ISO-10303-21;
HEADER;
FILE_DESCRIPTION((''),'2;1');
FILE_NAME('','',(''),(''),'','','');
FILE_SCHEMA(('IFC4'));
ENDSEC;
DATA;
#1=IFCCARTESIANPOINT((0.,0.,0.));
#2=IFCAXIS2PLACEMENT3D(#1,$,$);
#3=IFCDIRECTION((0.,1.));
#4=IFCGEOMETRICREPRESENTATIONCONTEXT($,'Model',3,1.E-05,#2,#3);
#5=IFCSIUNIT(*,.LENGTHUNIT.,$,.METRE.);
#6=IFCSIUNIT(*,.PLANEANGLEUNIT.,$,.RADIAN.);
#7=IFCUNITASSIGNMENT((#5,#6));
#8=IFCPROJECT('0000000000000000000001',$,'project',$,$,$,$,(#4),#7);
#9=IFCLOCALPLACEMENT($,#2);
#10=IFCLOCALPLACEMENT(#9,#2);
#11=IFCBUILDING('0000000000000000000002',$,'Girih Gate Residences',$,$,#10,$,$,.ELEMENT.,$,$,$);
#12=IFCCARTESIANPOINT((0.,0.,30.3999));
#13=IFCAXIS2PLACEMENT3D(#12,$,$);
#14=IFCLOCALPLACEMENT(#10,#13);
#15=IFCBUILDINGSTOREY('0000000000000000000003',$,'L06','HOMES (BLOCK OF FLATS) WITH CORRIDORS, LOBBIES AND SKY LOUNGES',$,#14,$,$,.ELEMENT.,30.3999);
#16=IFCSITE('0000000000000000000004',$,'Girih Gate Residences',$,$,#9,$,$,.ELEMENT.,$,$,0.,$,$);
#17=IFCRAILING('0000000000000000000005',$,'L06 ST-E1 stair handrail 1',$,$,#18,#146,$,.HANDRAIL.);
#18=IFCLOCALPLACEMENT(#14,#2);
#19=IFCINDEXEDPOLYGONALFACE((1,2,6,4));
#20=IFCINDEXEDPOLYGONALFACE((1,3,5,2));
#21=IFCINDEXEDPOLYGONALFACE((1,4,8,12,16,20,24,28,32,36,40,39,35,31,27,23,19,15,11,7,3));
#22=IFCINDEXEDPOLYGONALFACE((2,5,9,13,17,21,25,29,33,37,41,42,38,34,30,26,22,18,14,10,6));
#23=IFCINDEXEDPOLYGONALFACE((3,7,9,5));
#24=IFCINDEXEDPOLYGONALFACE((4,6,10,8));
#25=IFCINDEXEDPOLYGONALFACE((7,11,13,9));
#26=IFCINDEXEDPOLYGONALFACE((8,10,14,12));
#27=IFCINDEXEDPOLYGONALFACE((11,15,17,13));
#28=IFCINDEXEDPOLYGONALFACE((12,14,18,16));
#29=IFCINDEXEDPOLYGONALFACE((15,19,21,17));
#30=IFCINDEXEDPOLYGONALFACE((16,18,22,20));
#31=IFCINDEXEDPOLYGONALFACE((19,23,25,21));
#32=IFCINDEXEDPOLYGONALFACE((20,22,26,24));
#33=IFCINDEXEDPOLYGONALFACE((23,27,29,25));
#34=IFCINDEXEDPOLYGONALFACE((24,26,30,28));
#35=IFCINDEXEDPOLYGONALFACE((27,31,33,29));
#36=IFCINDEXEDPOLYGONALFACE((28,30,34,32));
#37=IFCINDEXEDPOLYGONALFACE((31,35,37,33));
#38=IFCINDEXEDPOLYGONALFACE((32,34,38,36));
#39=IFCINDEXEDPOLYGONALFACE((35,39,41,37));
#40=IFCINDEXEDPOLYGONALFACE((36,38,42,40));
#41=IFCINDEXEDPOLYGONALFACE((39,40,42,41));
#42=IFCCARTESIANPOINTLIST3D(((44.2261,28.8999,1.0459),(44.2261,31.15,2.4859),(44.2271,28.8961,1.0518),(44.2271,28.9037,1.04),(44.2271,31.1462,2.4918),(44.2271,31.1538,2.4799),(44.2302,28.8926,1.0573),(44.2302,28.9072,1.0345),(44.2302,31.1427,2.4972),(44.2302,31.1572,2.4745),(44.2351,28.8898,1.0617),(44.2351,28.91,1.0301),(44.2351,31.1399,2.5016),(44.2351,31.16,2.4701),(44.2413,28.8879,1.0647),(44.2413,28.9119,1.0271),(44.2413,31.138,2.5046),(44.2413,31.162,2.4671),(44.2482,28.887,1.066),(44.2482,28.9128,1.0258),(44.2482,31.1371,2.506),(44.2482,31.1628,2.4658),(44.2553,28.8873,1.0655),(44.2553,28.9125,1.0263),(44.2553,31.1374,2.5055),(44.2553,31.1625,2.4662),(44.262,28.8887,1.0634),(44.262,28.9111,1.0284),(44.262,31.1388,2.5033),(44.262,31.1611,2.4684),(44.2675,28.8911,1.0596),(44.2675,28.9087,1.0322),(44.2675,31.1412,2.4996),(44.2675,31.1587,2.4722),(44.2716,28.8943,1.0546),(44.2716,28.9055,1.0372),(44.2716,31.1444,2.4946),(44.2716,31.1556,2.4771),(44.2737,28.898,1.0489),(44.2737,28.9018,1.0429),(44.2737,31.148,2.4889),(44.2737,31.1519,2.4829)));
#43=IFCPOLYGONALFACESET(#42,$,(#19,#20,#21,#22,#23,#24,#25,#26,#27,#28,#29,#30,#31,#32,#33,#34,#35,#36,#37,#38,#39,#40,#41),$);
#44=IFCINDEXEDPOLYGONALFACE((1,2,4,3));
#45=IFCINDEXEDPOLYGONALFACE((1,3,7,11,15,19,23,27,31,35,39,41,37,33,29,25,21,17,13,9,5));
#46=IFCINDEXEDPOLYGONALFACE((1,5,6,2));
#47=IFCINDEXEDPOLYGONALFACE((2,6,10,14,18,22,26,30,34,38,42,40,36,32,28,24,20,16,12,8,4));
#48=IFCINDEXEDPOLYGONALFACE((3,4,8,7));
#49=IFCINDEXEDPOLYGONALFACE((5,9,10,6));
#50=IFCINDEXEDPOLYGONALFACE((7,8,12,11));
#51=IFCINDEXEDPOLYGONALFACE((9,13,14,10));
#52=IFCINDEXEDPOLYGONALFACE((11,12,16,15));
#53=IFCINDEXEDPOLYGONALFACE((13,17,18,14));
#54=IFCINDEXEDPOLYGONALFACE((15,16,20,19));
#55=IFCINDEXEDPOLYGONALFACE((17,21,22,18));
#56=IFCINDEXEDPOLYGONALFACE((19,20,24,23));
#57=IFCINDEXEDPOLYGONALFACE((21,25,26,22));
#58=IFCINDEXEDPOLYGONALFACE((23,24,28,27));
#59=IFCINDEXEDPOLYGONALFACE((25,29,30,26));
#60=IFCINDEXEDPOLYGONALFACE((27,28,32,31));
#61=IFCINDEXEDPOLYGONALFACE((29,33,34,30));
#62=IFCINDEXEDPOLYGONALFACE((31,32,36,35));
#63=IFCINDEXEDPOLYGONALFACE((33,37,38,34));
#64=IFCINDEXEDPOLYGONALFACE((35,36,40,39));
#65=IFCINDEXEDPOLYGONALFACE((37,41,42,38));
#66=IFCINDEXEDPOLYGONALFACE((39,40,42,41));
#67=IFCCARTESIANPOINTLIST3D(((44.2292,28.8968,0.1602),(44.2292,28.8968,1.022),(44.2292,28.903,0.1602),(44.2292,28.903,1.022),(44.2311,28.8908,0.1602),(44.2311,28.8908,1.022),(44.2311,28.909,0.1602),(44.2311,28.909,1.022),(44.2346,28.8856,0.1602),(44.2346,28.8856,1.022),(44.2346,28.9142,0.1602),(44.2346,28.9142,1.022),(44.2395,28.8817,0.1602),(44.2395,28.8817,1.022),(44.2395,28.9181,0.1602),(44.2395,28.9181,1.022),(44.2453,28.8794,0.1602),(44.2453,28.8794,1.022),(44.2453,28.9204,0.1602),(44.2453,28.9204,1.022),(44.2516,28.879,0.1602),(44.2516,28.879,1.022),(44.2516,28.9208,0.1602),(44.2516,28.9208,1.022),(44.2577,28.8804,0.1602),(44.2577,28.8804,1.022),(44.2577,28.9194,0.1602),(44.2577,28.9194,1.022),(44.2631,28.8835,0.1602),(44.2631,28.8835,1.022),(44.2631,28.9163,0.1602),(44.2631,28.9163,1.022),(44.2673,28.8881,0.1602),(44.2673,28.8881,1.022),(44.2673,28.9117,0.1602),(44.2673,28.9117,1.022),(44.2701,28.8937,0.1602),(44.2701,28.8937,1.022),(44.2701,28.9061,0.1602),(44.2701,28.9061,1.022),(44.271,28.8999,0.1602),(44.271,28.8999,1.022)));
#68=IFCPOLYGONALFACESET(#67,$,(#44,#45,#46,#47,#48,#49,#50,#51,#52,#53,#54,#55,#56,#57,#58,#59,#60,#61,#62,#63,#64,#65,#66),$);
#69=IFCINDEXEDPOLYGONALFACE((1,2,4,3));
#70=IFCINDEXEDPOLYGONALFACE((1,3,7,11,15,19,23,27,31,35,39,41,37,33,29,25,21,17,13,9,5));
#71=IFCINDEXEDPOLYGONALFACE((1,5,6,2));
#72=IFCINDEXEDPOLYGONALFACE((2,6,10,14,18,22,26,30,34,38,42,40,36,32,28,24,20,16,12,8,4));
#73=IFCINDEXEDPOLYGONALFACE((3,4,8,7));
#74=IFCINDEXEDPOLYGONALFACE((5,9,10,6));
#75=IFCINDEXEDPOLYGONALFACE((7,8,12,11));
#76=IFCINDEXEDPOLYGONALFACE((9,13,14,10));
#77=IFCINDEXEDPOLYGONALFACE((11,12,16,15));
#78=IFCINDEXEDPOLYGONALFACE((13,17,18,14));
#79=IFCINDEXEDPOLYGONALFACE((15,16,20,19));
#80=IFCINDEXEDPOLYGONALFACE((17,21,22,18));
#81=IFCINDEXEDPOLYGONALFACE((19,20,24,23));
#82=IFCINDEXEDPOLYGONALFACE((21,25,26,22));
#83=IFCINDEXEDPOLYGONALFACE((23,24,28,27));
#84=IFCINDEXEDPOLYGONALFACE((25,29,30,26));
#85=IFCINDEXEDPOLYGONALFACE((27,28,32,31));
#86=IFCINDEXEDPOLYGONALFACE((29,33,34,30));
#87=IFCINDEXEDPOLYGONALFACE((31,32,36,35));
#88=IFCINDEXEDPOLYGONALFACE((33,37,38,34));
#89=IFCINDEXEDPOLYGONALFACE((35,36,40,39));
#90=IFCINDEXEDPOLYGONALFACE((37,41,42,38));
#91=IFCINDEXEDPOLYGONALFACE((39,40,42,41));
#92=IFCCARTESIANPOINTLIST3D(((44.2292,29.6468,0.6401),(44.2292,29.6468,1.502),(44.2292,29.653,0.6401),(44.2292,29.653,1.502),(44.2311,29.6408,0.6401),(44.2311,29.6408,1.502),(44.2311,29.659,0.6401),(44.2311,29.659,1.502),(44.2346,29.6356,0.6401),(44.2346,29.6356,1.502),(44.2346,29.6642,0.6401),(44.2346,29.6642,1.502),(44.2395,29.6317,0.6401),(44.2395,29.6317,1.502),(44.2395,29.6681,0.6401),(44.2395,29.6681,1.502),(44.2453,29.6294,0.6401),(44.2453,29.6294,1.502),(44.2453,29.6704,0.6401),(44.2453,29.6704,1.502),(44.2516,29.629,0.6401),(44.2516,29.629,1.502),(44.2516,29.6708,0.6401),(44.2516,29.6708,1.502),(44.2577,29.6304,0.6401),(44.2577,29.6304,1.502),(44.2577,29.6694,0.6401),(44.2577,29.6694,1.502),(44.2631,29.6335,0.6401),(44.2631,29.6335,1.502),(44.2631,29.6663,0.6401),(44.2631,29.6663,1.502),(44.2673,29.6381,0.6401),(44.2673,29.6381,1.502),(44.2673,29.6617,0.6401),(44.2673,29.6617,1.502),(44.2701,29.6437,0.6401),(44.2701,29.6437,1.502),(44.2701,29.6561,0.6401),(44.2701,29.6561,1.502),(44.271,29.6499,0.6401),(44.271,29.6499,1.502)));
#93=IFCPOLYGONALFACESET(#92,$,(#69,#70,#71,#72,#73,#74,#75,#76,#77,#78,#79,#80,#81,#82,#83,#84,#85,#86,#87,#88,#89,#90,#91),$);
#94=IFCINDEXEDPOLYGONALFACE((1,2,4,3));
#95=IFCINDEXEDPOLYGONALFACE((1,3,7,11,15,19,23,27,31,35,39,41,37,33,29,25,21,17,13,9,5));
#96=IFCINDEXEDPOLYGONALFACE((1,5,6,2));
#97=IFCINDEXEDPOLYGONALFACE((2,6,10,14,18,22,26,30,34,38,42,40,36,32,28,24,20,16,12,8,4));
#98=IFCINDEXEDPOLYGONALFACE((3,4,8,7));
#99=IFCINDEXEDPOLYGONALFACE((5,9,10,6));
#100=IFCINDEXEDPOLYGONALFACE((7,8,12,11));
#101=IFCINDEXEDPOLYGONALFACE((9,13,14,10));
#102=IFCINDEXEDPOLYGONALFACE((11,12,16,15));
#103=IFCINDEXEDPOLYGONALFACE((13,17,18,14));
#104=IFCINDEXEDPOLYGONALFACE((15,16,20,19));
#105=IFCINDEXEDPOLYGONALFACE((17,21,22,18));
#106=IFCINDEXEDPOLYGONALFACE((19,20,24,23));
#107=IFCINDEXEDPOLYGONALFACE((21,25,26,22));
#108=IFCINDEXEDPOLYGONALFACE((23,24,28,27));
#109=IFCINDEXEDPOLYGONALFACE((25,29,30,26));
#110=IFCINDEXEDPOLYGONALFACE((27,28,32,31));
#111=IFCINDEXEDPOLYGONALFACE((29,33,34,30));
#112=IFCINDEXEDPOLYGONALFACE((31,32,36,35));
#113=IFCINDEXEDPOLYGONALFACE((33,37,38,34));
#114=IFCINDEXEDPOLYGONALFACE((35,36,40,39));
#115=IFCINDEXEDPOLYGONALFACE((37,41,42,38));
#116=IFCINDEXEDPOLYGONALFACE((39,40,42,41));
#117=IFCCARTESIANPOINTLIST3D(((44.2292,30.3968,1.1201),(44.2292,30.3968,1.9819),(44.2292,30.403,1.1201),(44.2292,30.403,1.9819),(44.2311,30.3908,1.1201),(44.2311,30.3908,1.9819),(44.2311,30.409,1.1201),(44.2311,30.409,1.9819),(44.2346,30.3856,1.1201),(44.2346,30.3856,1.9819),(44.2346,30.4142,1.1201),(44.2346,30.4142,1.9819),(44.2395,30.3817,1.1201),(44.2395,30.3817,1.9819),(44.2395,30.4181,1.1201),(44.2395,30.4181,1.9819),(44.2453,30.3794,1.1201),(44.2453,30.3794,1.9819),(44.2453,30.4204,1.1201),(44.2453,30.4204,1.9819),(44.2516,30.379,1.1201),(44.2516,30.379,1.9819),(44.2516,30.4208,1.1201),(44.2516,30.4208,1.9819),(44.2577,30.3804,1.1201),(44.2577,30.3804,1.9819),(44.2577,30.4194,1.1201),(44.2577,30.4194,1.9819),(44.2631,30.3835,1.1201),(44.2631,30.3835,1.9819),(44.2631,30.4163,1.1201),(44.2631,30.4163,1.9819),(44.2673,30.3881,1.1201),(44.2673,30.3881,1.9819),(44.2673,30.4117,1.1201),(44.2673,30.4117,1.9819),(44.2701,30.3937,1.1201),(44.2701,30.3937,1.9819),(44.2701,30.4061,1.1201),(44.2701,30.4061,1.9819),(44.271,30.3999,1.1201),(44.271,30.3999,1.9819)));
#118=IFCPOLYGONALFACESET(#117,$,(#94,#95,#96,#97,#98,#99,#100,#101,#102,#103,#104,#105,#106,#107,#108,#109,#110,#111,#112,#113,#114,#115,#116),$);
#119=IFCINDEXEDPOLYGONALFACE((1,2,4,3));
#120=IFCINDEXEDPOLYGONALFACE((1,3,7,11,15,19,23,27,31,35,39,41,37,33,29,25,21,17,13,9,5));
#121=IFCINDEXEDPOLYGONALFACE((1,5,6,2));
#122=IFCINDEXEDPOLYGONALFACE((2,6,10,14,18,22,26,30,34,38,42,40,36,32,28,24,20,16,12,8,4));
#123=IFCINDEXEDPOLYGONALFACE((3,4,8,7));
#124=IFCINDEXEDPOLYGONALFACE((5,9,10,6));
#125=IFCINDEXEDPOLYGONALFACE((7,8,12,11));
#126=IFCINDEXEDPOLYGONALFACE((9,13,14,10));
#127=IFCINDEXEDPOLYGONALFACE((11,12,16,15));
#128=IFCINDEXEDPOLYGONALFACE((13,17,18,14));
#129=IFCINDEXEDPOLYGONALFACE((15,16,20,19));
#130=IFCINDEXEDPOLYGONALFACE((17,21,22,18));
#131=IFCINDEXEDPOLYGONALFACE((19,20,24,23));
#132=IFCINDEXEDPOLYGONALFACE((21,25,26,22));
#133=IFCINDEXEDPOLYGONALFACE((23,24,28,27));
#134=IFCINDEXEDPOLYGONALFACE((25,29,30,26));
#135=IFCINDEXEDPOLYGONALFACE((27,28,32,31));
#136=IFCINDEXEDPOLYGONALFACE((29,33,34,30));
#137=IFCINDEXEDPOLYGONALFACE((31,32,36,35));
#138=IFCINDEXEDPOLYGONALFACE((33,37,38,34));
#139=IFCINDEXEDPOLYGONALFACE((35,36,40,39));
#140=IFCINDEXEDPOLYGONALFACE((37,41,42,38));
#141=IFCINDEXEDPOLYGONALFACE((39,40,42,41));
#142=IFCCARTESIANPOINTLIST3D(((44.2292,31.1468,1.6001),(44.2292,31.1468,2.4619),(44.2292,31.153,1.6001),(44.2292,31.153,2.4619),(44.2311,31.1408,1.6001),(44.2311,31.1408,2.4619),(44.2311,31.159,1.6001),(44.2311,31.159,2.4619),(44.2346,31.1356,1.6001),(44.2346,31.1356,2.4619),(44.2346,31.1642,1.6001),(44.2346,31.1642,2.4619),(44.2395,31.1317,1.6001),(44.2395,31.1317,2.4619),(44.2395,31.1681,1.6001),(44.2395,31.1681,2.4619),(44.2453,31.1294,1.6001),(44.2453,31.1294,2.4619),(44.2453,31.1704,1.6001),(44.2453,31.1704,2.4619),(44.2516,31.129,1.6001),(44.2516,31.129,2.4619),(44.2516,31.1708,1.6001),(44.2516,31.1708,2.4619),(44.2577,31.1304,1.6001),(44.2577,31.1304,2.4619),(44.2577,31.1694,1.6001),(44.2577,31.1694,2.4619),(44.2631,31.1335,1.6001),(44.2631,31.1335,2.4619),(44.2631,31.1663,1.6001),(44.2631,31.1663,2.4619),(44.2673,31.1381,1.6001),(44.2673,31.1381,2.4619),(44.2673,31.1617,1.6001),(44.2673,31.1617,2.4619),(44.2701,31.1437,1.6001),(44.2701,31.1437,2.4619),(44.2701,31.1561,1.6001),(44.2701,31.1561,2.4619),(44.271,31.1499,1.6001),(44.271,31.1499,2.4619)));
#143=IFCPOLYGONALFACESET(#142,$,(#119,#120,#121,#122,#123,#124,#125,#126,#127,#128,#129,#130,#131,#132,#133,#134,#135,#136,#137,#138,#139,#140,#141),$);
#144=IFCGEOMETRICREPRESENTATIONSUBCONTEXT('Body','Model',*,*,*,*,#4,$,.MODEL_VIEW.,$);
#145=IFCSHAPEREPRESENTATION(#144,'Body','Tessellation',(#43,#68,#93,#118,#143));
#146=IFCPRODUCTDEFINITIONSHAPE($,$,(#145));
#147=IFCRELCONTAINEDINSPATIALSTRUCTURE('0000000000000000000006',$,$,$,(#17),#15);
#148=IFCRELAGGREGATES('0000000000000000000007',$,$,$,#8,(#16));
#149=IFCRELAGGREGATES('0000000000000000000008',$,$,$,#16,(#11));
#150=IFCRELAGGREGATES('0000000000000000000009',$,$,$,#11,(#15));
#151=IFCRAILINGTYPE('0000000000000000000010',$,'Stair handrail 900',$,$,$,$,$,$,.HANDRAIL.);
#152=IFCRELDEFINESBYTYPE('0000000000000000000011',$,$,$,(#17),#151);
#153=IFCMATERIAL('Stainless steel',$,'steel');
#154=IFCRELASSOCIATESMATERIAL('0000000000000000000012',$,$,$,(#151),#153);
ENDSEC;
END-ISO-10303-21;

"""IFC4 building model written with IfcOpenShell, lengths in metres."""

from ifc_helpers import new_model, si_unit, direction, frame, origin, origin_2d, place, context, subcontext, project, spatial, circle, extrude, material, type_object, element, save


model = new_model("IFC4")

# Units and contexts
model_context = context("Model", 3, precision=1e-05, world=origin(), true_north=direction((0.0, 1.0)))
body_context = subcontext(model_context, "Body", "Model", "MODEL_VIEW")
ifc_project = project(units=[si_unit("LENGTHUNIT", "METRE"), si_unit("PLANEANGLEUNIT", "RADIAN")], contexts=[model_context])

# Site, building, storey
site_placement = place(None, origin())
site = spatial("IfcSite", under=ifc_project, at=site_placement, Name="Girih Gate Residences", CompositionType="ELEMENT", RefElevation=0.0)
building_placement = place(site_placement, origin())
building = spatial("IfcBuilding", under=site, at=building_placement, Name="Girih Gate Residences", CompositionType="ELEMENT")
storey_placement = place(building_placement, frame((0.0, 0.0, 30.3999)))
storey = spatial("IfcBuildingStorey", under=building, at=storey_placement, Name="L06", Description="HOMES (BLOCK OF FLATS) WITH CORRIDORS, LOBBIES AND SKY LOUNGES", CompositionType="ELEMENT", Elevation=30.3999)

# Railing
ifc_material_1 = material(Name="Stainless steel", Category="steel")
railing_type_1 = type_object("IfcRailingType", Name="Stair handrail 900", PredefinedType="HANDRAIL", material=ifc_material_1)
railing_1_placement = place(storey_placement, frame((44.25, 28.8999, 0.1602)))
element("IfcRailing", 1, at=railing_1_placement, inside=storey, type_object=railing_type_1, Name="L06 ST-E1 stair handrail 1", PredefinedType="HANDRAIL", context=body_context, shape_type="SweptSolid", body=[
    extrude(circle(Radius=0.0239, at=origin_2d()), frame((0.0, 0.0, 0.8857), z_axis=(0.0, 0.842281, 0.539038), x_axis=(-1.0, 0.0, 0.0)), (0.0, 0.0, 1.0), 2.6714),
    extrude(circle(Radius=0.021, at=origin_2d()), origin(), (0.0, 0.0, 1.0), 0.8618),
    extrude(circle(Radius=0.021, at=origin_2d()), frame((0.0, 0.75, 0.48)), (0.0, 0.0, 1.0), 0.8618),
    extrude(circle(Radius=0.021, at=origin_2d()), frame((0.0, 1.5, 0.96)), (0.0, 0.0, 1.0), 0.8618),
    extrude(circle(Radius=0.021, at=origin_2d()), frame((0.0, 2.25, 1.4399)), (0.0, 0.0, 1.0), 0.8618),
])

save(model, "model.ifc")
